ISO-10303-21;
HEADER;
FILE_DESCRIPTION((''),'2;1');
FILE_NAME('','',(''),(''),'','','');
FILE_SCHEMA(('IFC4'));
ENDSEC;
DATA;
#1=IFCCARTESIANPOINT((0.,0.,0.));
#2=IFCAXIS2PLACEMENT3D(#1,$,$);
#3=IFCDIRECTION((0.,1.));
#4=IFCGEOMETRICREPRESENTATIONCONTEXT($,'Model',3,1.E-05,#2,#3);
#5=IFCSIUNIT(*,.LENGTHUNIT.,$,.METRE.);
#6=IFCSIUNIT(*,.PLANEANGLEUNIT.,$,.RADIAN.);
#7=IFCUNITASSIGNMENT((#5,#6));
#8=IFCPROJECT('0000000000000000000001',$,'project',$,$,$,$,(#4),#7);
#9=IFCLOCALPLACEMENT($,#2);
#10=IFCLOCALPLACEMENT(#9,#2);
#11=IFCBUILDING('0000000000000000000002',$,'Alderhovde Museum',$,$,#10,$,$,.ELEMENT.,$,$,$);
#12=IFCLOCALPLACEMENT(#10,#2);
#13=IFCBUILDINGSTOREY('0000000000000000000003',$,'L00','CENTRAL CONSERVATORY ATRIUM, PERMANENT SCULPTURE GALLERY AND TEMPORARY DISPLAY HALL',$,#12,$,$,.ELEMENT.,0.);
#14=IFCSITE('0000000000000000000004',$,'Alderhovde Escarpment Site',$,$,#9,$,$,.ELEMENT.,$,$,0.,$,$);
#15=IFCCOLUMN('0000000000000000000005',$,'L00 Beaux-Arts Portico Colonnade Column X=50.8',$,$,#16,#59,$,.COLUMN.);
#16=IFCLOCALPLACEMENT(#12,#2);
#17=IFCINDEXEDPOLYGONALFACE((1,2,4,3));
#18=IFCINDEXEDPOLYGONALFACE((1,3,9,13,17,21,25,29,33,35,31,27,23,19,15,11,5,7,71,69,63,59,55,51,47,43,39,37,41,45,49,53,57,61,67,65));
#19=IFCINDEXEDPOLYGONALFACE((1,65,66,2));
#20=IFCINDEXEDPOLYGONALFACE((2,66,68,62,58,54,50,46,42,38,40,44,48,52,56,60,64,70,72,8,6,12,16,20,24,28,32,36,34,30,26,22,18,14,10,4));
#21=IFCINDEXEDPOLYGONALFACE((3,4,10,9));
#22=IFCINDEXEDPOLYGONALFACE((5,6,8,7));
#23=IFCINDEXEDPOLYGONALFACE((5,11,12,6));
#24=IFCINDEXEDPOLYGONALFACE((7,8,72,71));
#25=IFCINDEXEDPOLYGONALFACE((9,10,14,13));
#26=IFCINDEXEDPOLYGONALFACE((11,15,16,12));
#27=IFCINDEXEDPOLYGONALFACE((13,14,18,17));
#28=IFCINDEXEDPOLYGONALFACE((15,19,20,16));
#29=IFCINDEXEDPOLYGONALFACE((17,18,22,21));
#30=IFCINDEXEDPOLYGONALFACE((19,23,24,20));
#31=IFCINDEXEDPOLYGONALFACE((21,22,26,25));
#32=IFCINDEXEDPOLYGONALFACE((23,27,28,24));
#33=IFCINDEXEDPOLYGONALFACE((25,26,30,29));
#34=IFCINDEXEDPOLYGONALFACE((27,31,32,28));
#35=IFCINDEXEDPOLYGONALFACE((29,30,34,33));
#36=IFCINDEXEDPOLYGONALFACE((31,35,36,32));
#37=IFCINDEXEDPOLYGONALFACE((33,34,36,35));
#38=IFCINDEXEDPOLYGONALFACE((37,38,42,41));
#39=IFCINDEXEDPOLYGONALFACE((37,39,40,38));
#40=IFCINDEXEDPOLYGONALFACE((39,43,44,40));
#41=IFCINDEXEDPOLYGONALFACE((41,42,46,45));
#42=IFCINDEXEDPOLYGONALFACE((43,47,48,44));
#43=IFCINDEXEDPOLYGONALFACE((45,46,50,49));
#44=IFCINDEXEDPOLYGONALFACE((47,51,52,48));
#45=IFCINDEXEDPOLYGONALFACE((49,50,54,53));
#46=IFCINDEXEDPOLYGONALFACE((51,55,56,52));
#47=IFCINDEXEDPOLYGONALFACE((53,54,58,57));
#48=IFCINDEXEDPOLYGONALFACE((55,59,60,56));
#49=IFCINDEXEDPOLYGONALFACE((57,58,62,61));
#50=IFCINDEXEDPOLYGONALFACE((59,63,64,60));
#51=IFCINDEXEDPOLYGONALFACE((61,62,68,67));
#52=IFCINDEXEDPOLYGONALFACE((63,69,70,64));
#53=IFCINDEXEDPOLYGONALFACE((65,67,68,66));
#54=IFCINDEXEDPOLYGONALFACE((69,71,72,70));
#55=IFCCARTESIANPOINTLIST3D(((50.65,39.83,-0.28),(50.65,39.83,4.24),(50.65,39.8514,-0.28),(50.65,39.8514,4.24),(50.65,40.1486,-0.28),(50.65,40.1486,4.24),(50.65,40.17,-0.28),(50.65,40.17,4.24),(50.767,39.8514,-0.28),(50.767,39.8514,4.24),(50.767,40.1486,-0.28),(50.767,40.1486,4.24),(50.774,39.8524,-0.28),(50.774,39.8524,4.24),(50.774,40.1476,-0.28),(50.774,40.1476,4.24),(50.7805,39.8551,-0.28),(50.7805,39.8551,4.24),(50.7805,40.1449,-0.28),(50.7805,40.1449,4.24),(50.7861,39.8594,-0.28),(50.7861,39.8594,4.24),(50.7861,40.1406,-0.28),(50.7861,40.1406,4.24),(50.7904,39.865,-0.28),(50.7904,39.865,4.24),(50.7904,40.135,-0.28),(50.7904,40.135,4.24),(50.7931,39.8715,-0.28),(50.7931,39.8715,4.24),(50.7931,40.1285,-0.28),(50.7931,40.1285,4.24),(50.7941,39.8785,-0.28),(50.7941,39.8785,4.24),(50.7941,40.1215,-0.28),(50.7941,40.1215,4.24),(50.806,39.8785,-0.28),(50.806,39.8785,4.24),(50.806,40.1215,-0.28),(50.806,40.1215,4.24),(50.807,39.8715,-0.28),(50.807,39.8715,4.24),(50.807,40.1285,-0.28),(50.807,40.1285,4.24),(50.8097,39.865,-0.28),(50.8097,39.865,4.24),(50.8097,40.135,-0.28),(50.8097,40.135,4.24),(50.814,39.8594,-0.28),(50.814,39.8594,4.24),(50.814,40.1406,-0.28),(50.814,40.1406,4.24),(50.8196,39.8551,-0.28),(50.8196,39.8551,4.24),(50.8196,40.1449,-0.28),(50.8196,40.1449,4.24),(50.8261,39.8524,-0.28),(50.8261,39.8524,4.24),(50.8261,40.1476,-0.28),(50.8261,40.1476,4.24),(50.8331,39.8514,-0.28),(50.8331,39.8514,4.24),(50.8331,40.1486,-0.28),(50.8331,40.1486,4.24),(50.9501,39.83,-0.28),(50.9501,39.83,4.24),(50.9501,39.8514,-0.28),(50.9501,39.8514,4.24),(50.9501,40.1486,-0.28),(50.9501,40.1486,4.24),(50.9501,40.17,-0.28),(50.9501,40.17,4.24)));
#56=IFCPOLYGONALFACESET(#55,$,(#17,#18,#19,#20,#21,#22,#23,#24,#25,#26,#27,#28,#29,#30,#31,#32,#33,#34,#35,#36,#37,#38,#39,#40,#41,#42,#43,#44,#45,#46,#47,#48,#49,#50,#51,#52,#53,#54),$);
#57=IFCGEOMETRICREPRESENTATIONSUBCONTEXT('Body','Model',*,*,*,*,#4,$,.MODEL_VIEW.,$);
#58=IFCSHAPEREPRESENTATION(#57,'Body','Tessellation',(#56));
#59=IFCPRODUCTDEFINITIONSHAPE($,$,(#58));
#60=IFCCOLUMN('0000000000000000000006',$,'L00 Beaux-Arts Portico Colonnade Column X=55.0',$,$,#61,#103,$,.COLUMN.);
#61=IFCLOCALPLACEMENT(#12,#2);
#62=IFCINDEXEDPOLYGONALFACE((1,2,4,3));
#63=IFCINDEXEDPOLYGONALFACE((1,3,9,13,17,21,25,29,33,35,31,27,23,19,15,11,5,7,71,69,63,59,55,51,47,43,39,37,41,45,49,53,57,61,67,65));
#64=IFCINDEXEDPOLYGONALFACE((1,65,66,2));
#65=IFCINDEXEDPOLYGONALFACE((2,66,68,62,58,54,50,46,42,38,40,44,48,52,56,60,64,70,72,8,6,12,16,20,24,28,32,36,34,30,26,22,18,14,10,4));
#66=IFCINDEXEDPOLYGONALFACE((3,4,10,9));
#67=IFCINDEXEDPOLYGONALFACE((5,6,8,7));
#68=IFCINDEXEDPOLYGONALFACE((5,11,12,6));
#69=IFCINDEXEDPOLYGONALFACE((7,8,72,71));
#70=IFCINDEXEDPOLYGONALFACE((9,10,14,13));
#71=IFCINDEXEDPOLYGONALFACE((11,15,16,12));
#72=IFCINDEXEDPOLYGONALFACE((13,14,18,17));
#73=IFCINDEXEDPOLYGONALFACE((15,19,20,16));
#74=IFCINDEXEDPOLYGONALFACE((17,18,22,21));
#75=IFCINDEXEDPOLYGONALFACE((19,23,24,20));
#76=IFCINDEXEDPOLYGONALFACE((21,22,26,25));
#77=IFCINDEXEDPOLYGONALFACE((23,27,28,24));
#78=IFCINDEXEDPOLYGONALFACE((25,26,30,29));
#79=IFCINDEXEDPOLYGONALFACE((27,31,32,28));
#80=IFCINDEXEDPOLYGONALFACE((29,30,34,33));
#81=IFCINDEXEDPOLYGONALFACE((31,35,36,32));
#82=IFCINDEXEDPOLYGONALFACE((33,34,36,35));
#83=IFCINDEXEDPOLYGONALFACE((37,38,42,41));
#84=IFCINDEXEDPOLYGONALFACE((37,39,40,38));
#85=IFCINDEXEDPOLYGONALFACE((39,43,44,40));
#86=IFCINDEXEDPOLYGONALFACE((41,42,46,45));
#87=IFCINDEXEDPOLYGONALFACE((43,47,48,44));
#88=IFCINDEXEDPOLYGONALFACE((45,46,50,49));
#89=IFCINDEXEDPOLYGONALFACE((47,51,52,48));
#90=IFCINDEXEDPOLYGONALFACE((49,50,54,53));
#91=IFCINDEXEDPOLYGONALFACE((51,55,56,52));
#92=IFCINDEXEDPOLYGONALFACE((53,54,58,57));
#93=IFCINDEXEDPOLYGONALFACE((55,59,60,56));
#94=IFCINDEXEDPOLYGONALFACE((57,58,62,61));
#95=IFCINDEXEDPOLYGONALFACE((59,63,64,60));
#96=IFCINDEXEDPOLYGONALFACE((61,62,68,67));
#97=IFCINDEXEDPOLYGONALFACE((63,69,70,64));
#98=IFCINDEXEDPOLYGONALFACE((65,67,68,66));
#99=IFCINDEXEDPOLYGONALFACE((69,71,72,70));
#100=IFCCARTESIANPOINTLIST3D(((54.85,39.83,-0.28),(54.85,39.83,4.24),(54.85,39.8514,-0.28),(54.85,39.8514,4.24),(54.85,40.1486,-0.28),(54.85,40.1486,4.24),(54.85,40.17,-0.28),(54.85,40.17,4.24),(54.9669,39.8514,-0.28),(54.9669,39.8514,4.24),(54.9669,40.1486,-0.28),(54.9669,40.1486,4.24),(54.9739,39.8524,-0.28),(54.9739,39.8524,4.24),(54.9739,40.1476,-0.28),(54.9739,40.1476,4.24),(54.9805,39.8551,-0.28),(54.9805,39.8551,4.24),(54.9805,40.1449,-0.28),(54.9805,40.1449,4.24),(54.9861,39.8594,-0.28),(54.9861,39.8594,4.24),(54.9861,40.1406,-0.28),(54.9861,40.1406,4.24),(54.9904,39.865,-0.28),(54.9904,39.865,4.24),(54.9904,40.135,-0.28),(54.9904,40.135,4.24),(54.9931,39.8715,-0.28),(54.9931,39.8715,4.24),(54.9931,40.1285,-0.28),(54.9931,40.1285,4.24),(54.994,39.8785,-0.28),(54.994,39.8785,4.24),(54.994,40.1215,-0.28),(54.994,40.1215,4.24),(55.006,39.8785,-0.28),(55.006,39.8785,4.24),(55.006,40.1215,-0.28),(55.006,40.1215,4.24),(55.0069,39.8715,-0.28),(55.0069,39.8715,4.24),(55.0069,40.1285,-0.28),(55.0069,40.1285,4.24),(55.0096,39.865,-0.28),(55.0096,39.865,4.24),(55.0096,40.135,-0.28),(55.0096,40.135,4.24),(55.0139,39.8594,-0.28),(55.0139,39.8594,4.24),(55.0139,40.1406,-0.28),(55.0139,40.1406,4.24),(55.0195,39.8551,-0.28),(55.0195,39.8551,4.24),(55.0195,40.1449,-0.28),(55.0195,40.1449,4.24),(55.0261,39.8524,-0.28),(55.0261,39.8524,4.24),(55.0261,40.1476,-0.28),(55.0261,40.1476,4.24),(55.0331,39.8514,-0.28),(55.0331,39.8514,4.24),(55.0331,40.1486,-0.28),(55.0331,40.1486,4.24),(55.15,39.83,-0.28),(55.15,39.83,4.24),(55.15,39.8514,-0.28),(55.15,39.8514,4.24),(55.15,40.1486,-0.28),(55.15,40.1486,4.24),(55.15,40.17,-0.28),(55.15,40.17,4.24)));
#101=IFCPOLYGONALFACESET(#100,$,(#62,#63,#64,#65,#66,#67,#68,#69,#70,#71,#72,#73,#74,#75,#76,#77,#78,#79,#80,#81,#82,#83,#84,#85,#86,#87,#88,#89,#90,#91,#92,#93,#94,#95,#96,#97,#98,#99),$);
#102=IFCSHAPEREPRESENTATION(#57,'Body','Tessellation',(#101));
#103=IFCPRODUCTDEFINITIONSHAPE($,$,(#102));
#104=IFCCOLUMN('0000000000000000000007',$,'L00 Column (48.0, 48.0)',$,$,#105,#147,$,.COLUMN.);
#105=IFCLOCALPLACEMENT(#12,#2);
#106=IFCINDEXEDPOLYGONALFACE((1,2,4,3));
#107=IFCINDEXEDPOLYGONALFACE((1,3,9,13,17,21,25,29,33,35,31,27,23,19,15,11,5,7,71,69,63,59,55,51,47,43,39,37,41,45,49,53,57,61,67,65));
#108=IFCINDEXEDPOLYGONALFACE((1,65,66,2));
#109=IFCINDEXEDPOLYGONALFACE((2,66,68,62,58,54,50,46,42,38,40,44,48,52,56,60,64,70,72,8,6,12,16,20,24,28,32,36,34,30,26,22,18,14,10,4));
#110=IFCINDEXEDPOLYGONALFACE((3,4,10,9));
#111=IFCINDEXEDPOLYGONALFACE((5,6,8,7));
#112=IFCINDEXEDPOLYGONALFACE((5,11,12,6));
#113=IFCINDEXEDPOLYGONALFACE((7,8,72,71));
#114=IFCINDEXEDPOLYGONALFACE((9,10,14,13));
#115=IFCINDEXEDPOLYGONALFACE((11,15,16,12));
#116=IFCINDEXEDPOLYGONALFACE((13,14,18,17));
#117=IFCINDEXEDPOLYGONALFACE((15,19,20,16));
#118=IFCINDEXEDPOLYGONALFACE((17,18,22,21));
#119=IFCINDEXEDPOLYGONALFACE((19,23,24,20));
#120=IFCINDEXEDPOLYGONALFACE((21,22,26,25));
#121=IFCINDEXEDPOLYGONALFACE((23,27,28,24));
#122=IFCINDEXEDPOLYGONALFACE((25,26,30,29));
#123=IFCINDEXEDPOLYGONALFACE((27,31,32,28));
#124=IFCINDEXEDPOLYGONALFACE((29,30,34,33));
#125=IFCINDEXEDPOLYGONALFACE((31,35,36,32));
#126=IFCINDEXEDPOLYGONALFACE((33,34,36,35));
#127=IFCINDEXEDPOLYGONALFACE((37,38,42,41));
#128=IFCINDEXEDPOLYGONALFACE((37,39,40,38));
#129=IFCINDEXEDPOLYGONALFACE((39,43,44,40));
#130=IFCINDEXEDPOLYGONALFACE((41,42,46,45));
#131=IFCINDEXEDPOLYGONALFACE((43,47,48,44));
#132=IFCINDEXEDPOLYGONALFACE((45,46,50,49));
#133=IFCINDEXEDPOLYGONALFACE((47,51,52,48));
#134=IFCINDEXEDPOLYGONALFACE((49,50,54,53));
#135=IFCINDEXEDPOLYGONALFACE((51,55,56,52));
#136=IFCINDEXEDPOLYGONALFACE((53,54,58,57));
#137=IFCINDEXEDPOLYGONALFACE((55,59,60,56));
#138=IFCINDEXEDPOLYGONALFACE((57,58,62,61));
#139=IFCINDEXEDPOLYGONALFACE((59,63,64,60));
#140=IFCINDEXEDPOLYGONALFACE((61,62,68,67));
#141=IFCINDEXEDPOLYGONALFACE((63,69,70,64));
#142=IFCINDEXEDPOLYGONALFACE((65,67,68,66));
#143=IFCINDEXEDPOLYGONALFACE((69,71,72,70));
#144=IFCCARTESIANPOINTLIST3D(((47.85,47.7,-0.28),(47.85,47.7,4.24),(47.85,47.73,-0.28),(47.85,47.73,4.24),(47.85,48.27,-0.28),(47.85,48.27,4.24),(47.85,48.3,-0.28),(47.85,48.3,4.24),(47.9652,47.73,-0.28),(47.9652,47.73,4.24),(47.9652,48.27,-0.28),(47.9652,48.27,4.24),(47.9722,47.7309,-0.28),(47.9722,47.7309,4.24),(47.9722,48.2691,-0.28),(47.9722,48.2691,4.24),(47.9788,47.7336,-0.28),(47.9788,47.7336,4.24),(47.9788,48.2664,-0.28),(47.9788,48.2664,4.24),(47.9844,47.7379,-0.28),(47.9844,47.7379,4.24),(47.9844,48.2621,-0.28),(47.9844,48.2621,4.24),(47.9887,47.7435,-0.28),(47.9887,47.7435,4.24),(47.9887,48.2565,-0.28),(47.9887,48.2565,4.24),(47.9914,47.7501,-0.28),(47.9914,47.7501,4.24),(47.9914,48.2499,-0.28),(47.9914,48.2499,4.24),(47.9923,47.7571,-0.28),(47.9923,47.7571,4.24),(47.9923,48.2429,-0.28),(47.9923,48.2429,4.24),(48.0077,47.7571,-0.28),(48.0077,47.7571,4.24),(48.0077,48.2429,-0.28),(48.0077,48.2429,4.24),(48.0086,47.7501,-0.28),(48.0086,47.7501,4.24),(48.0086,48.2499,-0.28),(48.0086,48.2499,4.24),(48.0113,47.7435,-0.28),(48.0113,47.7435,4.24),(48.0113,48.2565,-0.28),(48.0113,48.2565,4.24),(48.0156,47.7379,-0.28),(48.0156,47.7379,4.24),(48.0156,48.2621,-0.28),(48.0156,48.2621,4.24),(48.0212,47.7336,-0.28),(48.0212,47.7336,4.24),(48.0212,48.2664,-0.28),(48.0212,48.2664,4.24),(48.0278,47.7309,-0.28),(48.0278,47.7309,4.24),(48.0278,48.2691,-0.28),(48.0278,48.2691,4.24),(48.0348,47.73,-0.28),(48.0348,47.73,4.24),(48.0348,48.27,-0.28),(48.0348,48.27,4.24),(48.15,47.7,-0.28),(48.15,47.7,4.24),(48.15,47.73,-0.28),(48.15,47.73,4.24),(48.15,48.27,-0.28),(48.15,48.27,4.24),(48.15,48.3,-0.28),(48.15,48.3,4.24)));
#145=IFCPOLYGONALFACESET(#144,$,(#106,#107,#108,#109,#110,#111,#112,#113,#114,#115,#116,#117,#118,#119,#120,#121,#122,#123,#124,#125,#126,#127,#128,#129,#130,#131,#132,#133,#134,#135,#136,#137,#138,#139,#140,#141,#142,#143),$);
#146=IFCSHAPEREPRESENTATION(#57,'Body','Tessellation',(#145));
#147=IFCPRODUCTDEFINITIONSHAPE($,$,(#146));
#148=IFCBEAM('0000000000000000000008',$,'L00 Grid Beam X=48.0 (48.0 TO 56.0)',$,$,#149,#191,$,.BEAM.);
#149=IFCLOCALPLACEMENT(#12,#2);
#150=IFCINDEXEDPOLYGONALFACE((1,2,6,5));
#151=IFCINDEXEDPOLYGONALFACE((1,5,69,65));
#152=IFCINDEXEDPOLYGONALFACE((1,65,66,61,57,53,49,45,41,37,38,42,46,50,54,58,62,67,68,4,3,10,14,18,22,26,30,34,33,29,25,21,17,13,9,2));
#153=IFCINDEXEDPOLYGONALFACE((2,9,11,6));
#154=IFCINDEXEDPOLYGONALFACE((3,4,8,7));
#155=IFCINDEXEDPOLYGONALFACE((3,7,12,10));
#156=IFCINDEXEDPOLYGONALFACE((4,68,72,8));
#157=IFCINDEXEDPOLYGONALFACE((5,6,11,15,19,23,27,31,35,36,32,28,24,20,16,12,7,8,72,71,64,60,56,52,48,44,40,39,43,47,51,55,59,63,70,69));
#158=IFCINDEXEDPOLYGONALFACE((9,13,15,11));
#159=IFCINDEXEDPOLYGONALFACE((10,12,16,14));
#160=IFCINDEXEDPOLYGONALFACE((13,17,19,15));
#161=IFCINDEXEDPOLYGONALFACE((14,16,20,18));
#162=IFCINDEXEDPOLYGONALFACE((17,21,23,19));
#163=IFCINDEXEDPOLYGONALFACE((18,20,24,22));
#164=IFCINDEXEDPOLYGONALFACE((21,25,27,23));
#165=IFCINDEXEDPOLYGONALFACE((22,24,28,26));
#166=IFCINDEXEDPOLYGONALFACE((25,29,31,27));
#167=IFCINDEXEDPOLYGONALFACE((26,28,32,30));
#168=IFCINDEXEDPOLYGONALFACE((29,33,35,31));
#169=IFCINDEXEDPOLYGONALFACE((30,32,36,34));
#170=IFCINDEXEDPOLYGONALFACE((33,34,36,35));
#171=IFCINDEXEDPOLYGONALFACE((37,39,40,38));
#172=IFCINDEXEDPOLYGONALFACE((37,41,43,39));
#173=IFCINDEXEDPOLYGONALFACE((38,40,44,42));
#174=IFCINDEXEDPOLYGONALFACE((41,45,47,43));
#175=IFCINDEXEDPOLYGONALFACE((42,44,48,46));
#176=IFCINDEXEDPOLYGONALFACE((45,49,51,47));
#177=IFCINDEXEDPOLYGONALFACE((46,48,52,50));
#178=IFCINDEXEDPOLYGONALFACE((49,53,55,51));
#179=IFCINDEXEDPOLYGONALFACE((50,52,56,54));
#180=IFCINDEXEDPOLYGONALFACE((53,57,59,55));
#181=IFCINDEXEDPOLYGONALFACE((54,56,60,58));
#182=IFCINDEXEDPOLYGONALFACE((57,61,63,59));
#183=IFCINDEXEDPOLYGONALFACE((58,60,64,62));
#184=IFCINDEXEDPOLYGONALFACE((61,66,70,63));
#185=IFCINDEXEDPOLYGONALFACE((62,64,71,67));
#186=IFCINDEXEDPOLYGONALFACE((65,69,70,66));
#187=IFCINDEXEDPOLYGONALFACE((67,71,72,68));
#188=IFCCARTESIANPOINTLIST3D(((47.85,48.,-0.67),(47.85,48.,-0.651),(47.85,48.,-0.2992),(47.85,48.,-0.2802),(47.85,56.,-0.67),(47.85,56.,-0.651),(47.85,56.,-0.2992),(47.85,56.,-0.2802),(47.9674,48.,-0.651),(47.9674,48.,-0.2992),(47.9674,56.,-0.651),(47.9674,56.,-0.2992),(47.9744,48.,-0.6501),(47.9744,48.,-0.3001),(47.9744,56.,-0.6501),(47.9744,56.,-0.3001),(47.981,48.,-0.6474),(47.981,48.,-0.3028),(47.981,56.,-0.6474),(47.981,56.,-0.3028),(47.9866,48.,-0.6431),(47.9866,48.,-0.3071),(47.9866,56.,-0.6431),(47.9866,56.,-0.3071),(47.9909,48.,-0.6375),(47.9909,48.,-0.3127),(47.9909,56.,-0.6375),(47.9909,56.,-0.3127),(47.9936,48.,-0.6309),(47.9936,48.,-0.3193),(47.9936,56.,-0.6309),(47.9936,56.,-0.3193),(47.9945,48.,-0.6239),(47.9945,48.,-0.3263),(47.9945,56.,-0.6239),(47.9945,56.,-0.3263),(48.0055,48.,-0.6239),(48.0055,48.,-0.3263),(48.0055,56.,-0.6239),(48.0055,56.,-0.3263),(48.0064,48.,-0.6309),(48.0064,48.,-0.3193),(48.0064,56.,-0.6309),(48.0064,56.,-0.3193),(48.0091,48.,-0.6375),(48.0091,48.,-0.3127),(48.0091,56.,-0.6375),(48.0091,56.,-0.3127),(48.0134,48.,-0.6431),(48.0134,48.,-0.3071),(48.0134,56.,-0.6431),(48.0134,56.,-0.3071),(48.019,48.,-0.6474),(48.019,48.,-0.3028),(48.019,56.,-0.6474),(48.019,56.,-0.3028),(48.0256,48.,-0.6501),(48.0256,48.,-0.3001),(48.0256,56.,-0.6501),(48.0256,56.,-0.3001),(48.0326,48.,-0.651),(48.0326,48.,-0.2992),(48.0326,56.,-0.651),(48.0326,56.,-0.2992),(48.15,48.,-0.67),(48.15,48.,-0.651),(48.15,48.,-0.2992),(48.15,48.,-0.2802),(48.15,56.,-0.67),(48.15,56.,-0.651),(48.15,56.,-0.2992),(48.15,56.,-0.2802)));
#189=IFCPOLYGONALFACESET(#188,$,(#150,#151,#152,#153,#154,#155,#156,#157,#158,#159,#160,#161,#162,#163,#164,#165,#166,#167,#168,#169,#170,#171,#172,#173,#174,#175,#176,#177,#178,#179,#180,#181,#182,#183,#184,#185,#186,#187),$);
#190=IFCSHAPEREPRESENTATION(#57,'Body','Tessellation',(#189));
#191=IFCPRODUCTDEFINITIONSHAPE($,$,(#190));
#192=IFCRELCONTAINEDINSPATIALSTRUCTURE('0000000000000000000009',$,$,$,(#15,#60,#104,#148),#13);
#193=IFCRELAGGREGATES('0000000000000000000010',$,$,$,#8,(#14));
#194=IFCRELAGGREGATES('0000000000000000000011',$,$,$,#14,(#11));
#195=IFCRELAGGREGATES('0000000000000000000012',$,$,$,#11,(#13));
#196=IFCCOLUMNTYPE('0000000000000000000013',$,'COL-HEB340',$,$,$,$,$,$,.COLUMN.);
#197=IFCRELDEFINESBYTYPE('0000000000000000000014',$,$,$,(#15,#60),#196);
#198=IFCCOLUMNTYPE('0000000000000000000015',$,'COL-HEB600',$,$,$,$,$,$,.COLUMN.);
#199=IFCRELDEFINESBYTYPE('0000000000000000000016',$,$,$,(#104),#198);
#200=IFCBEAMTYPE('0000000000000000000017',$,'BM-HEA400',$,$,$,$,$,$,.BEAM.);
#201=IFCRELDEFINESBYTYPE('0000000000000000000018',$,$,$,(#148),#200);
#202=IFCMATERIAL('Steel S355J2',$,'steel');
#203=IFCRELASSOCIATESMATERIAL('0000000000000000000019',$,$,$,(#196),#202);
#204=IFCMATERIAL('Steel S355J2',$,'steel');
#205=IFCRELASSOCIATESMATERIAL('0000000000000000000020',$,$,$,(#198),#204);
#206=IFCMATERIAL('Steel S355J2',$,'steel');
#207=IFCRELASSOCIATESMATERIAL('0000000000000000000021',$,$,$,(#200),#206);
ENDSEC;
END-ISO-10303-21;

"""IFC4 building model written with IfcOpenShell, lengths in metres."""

from ifc_helpers import new_model, si_unit, direction, frame, origin, origin_2d, place, context, subcontext, project, spatial, i_section, extrude, material, material_profile, profile_set, type_object, element, save


model = new_model("IFC4")

# Units and contexts
model_context = context("Model", 3, precision=1e-05, world=origin(), true_north=direction((0.0, 1.0)))
body_context = subcontext(model_context, "Body", "Model", "MODEL_VIEW")
ifc_project = project(units=[si_unit("LENGTHUNIT", "METRE"), si_unit("PLANEANGLEUNIT", "RADIAN")], contexts=[model_context])

# Site, building, storey
site_placement = place(None, origin())
site = spatial("IfcSite", under=ifc_project, at=site_placement, Name="Alderhovde Escarpment Site", CompositionType="ELEMENT", RefElevation=0.0)
building_placement = place(site_placement, origin())
building = spatial("IfcBuilding", under=site, at=building_placement, Name="Alderhovde Museum", CompositionType="ELEMENT")
storey_placement = place(building_placement, origin())
storey = spatial("IfcBuildingStorey", under=building, at=storey_placement, Name="L00", Description="CENTRAL CONSERVATORY ATRIUM, PERMANENT SCULPTURE GALLERY AND TEMPORARY DISPLAY HALL", CompositionType="ELEMENT", Elevation=0.0)

# Columns
ifc_material_1 = material(Name="Steel S355J2", Category="steel")
ifc_material_profile_1 = material_profile(ifc_material_1, i_section(OverallWidth=0.3, OverallDepth=0.3401, WebThickness=0.012, FlangeThickness=0.0215, FilletRadius=0.0271, at=origin_2d()), Name="HEB 340")
ifc_profile_set_1 = profile_set([ifc_material_profile_1], Name="Steel S355J2")
column_type_1 = type_object("IfcColumnType", Name="COL-HEB340", PredefinedType="COLUMN", material=ifc_profile_set_1)
for number, where, z_axis, x_axis, name in (
    (1, (50.8, 40.0, -0.28), (0.0, 0.0, 1.0), (1.0, 0.0, 0.0), "L00 Beaux-Arts Portico Colonnade Column X=50.8"),
    (2, (55.0, 40.0, -0.28), (0.0, 0.0, 1.0), (1.0, 0.0, 0.0), "L00 Beaux-Arts Portico Colonnade Column X=55.0"),
):
    element("IfcColumn", number, at=place(storey_placement, frame(where, z_axis=z_axis, x_axis=x_axis)), inside=storey, type_object=column_type_1, Name=name, PredefinedType="COLUMN", context=body_context, shape_type="SweptSolid", body=[
        extrude(i_section(OverallWidth=0.3, OverallDepth=0.3401, WebThickness=0.012, FlangeThickness=0.0215, FilletRadius=0.0271, at=origin_2d()), origin(), (0.0, 0.0, 1.0), 4.52),
    ])
ifc_material_2 = material(Name="Steel S355J2", Category="steel")
ifc_material_profile_2 = material_profile(ifc_material_2, i_section(OverallWidth=0.3, OverallDepth=0.6001, WebThickness=0.0154, FlangeThickness=0.03, FilletRadius=0.0271, at=origin_2d()), Name="HEB 600")
ifc_profile_set_2 = profile_set([ifc_material_profile_2], Name="Steel S355J2")
column_type_2 = type_object("IfcColumnType", Name="COL-HEB600", PredefinedType="COLUMN", material=ifc_profile_set_2)
column_placement = place(storey_placement, frame((48.0, 48.0, -0.28), z_axis=(0.0, 0.0, 1.0), x_axis=(1.0, 0.0, 0.0)))
element("IfcColumn", 3, at=column_placement, inside=storey, type_object=column_type_2, Name="L00 Column (48.0, 48.0)", PredefinedType="COLUMN", context=body_context, shape_type="SweptSolid", body=[
    extrude(i_section(OverallWidth=0.3, OverallDepth=0.6001, WebThickness=0.0154, FlangeThickness=0.03, FilletRadius=0.0271, at=origin_2d()), origin(), (0.0, 0.0, 1.0), 4.52),
])

# Beam
ifc_material_3 = material(Name="Steel S355J2", Category="steel")
ifc_material_profile_3 = material_profile(ifc_material_3, i_section(OverallWidth=0.3, OverallDepth=0.3899, WebThickness=0.011, FlangeThickness=0.019, FilletRadius=0.0271, at=origin_2d()), Name="HEA 400")
ifc_profile_set_3 = profile_set([ifc_material_profile_3], Name="Steel S355J2")
beam_type_1 = type_object("IfcBeamType", Name="BM-HEA400", PredefinedType="BEAM", material=ifc_profile_set_3)
beam_1_placement = place(storey_placement, frame((48.0, 48.0, -0.4751), z_axis=(0.0, 1.0, 0.0), x_axis=(-1.0, 0.0, 0.0)))
element("IfcBeam", 4, at=beam_1_placement, inside=storey, type_object=beam_type_1, Name="L00 Grid Beam X=48.0 (48.0 TO 56.0)", PredefinedType="BEAM", context=body_context, shape_type="SweptSolid", body=[
    extrude(i_section(OverallWidth=0.3, OverallDepth=0.3899, WebThickness=0.011, FlangeThickness=0.019, FilletRadius=0.0271, at=origin_2d()), origin(), (0.0, 0.0, 1.0), 8.0),
])

save(model, "model.ifc")
